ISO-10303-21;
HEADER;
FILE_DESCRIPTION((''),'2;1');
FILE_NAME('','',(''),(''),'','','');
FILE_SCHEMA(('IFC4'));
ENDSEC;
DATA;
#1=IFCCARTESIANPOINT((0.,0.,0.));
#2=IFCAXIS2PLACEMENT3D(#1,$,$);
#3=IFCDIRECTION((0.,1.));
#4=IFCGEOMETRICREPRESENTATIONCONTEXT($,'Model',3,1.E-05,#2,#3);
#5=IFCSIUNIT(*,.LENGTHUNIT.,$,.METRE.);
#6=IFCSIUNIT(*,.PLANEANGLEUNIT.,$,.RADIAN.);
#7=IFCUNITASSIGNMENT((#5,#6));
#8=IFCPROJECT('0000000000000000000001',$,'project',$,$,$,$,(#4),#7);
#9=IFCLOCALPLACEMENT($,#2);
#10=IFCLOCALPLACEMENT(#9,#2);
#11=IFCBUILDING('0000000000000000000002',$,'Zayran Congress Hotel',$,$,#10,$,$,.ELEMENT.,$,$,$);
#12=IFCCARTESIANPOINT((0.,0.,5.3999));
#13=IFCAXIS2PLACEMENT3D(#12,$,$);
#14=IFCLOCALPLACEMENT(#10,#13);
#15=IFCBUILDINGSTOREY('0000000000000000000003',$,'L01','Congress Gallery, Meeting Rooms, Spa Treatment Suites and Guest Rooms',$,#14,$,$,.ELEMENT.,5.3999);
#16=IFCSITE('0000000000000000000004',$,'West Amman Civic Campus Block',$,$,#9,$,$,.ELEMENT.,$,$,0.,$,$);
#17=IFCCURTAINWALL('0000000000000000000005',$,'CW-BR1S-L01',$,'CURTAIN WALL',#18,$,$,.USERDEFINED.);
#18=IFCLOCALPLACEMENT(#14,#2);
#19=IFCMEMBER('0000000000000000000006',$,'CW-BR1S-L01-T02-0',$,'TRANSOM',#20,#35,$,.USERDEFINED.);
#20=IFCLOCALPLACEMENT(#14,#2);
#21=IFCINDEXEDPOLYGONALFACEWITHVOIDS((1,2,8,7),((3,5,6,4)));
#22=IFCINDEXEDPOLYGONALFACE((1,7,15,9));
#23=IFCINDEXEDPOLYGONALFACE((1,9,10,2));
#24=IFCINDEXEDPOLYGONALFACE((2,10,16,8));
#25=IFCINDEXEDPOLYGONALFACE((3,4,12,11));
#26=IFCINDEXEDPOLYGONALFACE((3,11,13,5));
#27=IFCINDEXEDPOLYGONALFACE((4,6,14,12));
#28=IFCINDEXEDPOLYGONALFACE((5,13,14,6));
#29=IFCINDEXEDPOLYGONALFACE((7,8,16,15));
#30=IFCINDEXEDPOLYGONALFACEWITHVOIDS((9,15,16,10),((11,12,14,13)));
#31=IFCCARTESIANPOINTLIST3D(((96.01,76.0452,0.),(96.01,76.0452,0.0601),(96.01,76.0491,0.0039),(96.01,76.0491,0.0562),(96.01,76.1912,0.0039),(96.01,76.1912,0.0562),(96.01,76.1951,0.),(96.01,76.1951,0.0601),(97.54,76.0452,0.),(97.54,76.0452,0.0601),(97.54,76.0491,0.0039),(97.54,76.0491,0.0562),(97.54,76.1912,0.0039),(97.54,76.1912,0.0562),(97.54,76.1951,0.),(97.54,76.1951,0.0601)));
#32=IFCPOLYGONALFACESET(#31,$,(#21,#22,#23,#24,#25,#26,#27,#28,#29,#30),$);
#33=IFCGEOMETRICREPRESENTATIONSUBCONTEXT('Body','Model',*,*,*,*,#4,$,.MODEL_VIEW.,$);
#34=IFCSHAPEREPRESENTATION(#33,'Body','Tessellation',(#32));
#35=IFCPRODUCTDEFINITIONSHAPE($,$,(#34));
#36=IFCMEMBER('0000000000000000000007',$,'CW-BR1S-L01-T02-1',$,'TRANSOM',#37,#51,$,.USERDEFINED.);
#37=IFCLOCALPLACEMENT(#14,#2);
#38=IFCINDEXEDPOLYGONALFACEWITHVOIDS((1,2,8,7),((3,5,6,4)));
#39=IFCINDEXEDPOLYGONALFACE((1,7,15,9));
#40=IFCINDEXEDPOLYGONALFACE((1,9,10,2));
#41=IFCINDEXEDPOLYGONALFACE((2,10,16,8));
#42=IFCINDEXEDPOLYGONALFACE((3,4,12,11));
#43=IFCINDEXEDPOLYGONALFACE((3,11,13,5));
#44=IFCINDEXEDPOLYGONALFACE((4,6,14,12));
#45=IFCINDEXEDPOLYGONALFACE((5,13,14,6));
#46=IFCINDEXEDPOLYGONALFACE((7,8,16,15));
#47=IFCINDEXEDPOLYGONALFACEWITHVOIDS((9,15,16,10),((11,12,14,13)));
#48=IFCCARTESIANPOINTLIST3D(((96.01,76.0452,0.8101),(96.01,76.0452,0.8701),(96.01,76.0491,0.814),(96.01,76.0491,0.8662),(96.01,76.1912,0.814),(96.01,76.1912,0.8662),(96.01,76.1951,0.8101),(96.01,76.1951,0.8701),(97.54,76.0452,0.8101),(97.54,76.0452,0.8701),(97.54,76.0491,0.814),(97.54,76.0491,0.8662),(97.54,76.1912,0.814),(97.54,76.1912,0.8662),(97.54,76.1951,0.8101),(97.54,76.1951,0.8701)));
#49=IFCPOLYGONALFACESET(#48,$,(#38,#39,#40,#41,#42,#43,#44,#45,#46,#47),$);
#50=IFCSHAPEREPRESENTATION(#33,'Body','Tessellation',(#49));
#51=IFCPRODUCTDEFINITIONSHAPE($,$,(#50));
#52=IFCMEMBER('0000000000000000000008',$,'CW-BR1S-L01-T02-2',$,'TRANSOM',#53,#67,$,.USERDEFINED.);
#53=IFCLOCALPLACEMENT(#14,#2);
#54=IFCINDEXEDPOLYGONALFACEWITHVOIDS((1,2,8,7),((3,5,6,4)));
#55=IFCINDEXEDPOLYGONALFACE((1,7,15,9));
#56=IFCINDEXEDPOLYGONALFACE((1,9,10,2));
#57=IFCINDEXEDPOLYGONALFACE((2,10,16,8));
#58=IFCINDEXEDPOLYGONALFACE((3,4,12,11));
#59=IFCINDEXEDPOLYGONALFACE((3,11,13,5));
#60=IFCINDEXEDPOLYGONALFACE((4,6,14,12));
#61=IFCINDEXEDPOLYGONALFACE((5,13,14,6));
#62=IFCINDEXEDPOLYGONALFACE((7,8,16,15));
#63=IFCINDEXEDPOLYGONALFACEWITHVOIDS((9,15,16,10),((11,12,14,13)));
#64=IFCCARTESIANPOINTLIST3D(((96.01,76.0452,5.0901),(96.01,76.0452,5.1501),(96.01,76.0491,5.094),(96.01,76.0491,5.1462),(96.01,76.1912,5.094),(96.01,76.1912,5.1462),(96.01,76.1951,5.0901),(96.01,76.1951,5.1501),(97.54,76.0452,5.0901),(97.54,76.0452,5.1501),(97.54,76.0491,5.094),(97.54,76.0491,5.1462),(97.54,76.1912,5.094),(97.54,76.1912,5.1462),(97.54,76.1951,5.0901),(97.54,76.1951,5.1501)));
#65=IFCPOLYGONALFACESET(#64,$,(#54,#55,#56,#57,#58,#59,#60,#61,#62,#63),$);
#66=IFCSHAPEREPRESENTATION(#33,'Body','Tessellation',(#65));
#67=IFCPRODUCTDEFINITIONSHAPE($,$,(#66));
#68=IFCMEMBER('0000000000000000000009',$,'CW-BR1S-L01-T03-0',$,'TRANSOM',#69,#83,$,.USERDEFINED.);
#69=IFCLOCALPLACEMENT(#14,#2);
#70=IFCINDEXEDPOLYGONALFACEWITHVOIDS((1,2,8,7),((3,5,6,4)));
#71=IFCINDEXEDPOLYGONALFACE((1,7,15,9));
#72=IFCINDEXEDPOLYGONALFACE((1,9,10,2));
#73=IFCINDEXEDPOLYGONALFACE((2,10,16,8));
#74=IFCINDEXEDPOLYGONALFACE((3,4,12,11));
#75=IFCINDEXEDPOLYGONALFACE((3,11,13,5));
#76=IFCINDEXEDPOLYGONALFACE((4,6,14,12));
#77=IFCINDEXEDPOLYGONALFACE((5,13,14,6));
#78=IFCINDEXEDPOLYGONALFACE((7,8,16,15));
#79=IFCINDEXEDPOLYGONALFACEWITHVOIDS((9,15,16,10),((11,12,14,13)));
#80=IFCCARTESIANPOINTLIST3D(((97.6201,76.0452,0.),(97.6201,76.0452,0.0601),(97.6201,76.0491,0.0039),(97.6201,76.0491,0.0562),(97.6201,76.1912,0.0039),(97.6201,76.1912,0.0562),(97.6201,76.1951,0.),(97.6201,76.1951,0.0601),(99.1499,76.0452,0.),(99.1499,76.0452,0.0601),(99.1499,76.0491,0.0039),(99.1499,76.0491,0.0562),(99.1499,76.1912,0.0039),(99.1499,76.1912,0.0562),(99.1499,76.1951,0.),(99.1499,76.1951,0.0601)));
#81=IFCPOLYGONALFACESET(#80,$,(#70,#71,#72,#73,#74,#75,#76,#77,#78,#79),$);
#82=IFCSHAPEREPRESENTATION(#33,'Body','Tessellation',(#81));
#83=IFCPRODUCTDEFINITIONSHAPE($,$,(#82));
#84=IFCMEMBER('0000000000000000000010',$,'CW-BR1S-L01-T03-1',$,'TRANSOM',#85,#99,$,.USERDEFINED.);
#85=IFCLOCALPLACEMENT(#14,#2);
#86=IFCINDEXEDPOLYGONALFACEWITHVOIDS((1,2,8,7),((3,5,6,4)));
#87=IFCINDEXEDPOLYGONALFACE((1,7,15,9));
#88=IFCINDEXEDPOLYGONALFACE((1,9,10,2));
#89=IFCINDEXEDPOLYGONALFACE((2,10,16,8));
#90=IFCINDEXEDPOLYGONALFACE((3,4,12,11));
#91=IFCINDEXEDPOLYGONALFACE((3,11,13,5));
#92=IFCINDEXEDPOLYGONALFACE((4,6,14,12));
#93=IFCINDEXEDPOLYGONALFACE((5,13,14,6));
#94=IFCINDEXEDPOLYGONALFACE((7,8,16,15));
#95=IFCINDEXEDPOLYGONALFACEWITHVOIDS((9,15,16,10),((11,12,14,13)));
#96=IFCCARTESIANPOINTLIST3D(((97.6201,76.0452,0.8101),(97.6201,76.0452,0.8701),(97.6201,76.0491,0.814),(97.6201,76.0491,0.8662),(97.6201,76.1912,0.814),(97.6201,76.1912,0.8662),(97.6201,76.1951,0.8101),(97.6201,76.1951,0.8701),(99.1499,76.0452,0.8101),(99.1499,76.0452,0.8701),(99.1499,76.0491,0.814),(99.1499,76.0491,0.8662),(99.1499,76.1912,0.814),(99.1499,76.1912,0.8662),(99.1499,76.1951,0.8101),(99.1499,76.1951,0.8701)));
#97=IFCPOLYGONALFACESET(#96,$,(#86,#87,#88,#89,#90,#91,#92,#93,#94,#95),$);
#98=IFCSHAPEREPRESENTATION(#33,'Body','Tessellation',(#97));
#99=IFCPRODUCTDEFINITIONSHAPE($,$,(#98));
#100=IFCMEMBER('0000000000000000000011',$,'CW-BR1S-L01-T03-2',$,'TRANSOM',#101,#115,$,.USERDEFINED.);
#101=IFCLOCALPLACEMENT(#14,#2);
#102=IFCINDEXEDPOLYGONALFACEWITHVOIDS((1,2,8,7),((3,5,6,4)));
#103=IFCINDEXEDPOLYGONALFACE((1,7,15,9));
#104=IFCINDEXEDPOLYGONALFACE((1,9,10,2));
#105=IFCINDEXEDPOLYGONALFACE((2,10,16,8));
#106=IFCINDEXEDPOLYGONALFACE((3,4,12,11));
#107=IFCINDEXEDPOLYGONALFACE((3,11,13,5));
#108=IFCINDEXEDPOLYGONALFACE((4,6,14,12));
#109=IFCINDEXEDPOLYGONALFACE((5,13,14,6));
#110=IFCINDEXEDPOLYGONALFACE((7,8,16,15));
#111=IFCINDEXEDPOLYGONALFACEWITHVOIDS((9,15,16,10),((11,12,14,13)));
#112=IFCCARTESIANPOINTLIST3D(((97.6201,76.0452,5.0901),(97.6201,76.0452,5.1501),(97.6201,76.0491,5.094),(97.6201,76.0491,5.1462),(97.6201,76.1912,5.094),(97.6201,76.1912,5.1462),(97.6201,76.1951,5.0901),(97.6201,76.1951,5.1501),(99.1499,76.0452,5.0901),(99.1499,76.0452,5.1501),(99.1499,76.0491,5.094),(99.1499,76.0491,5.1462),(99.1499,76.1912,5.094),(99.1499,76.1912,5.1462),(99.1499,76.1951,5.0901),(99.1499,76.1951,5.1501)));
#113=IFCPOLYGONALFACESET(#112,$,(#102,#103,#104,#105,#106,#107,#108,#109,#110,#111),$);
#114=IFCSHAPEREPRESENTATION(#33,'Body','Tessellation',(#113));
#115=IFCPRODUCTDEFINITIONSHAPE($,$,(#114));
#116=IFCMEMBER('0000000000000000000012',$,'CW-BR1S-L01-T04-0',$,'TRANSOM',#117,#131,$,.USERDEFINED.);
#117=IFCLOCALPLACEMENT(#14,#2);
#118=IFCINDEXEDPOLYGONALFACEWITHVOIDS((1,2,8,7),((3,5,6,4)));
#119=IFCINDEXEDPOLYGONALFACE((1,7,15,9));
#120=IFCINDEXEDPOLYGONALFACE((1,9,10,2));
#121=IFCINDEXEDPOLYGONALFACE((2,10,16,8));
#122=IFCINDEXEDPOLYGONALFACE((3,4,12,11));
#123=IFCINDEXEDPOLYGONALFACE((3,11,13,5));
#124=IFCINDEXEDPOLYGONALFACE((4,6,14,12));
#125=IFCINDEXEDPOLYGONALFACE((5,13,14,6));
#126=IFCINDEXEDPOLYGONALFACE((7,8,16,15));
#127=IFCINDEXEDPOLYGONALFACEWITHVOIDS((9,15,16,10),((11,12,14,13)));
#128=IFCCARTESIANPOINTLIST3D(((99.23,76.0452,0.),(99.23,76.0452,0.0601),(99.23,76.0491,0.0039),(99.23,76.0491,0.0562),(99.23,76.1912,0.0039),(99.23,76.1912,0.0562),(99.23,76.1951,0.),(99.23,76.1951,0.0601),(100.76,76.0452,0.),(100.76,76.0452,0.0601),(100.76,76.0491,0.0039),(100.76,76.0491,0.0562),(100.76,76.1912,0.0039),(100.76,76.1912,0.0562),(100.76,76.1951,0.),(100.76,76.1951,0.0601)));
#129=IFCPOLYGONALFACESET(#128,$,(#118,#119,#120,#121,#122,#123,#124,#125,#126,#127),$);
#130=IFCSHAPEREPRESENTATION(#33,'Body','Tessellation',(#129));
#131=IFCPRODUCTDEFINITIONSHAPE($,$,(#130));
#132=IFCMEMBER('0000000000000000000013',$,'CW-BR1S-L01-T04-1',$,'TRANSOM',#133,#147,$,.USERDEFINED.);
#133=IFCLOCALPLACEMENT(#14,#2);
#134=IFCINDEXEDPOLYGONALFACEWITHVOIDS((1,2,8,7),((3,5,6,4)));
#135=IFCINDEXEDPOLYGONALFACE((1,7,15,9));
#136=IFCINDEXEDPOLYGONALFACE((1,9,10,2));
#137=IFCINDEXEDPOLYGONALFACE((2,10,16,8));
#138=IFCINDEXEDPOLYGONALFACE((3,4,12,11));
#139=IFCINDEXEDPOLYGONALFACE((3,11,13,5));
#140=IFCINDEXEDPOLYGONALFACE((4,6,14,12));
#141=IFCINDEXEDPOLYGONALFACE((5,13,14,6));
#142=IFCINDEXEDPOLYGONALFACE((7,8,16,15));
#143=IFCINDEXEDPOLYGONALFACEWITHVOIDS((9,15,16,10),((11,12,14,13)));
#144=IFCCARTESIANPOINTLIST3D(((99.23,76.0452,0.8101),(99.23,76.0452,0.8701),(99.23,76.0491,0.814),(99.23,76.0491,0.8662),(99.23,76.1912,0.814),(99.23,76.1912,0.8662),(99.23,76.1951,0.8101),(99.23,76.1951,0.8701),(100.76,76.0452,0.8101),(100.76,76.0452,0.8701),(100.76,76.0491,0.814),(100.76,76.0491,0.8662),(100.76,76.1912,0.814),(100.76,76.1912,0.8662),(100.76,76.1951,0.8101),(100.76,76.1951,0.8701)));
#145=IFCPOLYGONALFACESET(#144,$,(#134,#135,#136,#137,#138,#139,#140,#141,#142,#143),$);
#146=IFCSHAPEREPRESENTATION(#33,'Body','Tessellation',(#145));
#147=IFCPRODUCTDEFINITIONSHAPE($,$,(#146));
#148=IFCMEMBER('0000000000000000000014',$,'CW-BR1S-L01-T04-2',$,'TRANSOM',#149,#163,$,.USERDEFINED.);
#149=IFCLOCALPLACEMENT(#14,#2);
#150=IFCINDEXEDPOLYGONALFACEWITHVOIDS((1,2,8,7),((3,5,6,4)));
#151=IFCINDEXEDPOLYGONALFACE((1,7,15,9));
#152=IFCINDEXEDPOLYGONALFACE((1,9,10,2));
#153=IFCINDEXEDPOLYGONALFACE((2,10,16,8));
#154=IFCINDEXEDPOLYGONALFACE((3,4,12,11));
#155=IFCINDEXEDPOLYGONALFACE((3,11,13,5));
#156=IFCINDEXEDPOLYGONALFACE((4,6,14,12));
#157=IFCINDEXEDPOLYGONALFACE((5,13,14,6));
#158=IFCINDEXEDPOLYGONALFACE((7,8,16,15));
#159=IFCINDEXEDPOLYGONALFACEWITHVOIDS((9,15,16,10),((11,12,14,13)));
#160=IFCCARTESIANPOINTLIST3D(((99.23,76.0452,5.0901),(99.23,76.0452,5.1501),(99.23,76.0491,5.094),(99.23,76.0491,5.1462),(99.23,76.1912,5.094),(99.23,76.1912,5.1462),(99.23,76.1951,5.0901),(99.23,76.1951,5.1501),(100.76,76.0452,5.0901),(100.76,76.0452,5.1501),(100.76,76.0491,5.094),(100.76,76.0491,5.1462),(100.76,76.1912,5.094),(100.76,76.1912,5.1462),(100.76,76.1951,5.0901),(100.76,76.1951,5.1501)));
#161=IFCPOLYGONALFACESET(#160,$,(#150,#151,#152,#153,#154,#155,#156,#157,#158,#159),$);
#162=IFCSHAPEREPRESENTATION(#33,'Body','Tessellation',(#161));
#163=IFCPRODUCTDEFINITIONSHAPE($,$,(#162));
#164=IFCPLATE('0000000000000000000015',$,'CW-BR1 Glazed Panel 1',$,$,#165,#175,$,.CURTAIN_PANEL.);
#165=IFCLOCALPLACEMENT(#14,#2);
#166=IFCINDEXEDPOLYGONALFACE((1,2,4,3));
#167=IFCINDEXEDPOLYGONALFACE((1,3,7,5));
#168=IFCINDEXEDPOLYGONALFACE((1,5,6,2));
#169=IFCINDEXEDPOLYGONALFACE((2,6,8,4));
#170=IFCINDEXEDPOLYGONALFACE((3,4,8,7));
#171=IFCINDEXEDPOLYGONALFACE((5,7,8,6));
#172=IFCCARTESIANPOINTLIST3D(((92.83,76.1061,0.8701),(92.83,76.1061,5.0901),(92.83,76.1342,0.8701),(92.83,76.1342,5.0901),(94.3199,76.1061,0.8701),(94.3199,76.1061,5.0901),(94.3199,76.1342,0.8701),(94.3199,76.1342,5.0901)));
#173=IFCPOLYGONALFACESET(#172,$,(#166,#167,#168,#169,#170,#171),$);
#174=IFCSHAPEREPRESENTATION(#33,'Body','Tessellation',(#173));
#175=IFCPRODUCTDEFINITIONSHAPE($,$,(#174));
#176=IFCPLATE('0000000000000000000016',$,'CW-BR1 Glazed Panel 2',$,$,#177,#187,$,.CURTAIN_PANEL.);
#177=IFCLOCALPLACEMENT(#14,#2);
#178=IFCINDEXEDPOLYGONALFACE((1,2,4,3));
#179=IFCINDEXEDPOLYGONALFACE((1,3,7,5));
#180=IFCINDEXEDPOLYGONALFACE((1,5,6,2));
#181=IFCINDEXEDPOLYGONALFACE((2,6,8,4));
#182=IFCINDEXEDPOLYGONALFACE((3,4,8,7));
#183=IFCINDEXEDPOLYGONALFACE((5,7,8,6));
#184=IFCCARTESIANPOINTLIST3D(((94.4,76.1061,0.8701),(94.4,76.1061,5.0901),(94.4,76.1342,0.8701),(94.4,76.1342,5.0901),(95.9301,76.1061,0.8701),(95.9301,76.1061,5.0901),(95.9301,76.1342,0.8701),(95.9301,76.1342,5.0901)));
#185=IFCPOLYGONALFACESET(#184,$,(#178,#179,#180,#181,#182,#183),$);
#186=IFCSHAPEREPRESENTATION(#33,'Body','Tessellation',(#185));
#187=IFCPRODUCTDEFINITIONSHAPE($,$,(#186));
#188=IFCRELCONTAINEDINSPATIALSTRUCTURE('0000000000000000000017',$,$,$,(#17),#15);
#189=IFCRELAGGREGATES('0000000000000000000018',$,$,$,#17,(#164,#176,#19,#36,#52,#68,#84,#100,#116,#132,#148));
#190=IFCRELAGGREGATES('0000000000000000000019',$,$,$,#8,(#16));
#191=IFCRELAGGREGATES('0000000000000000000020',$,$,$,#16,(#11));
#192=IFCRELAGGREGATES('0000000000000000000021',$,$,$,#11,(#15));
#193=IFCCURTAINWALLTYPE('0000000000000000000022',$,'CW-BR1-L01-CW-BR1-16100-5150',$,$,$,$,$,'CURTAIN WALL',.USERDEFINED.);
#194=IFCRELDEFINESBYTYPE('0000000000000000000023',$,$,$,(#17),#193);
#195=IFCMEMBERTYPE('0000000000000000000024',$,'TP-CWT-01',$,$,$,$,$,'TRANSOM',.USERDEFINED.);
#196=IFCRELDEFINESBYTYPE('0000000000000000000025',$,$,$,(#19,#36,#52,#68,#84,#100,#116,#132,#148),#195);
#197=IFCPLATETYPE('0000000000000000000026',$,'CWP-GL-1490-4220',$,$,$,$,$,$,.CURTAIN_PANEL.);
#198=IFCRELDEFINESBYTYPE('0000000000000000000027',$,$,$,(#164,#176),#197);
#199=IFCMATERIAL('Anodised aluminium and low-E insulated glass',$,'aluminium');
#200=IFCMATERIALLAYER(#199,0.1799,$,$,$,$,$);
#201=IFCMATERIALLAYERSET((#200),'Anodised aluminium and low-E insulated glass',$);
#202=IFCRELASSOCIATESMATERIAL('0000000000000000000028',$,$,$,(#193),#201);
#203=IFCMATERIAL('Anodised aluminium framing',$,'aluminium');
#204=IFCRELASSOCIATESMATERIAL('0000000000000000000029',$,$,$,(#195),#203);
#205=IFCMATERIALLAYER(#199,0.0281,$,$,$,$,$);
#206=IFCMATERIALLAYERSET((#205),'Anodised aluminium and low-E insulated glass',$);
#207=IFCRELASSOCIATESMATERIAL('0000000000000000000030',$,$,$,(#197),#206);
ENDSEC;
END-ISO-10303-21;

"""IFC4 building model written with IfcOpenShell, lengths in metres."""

from ifc_helpers import new_model, si_unit, direction, frame, origin, origin_2d, place, context, subcontext, project, spatial, rectangle, hollow_rectangle, extrude, material, layer, layer_set, material_profile, profile_set, type_object, element, aggregate, save


model = new_model("IFC4")

# Units and contexts
model_context = context("Model", 3, precision=1e-05, world=origin(), true_north=direction((0.0, 1.0)))
body_context = subcontext(model_context, "Body", "Model", "MODEL_VIEW")
ifc_project = project(units=[si_unit("LENGTHUNIT", "METRE"), si_unit("PLANEANGLEUNIT", "RADIAN")], contexts=[model_context])

# Site, building, storey
site_placement = place(None, origin())
site = spatial("IfcSite", under=ifc_project, at=site_placement, Name="West Amman Civic Campus Block", CompositionType="ELEMENT", RefElevation=0.0)
building_placement = place(site_placement, origin())
building = spatial("IfcBuilding", under=site, at=building_placement, Name="Zayran Congress Hotel", CompositionType="ELEMENT")
storey_placement = place(building_placement, frame((0.0, 0.0, 5.3999)))
storey = spatial("IfcBuildingStorey", under=building, at=storey_placement, Name="L01", Description="Congress Gallery, Meeting Rooms, Spa Treatment Suites and Guest Rooms", CompositionType="ELEMENT", Elevation=5.3999)

# Curtain wall, members, plates
ifc_material_1 = material(Name="Anodised aluminium and low-E insulated glass", Category="aluminium")
ifc_layer_1 = layer(ifc_material_1, 0.1799)
ifc_layer_set_1 = layer_set([ifc_layer_1], Name="Anodised aluminium and low-E insulated glass")
curtain_wall_type = type_object("IfcCurtainWallType", Name="CW-BR1-L01-CW-BR1-16100-5150", ElementType="CURTAIN WALL", PredefinedType="USERDEFINED", material=ifc_layer_set_1)
curtain_wall_placement = place(storey_placement, origin())
curtain_wall = element("IfcCurtainWall", 1, at=curtain_wall_placement, inside=storey, type_object=curtain_wall_type, Name="CW-BR1S-L01", ObjectType="CURTAIN WALL", PredefinedType="USERDEFINED")
ifc_material_2 = material(Name="Anodised aluminium framing", Category="aluminium")
ifc_material_profile_1 = material_profile(ifc_material_2, hollow_rectangle(XDim=0.0601, YDim=0.1499, WallThickness=0.0039, at=origin_2d()), Name="RHS 150x60x4")
ifc_profile_set_1 = profile_set([ifc_material_profile_1], Name="Anodised aluminium framing")
member_type_1 = type_object("IfcMemberType", Name="TP-CWT-01", ElementType="TRANSOM", PredefinedType="USERDEFINED", material=ifc_profile_set_1)
member_1_placement = place(storey_placement, frame((96.01, 76.1201, 0.03), z_axis=(1.0, 0.0, 0.0), x_axis=(0.0, 0.0, 1.0)))
member_1 = element("IfcMember", 2, at=member_1_placement, type_object=member_type_1, Name="CW-BR1S-L01-T02-0", ObjectType="TRANSOM", PredefinedType="USERDEFINED", context=body_context, shape_type="SweptSolid", body=[
    extrude(hollow_rectangle(XDim=0.0601, YDim=0.1499, WallThickness=0.0039, at=origin_2d()), origin(), (0.0, 0.0, 1.0), 1.53),
])
member_2_placement = place(storey_placement, frame((96.01, 76.1201, 0.8401), z_axis=(1.0, 0.0, 0.0), x_axis=(0.0, 0.0, 1.0)))
member_2 = element("IfcMember", 3, at=member_2_placement, type_object=member_type_1, Name="CW-BR1S-L01-T02-1", ObjectType="TRANSOM", PredefinedType="USERDEFINED", context=body_context, shape_type="SweptSolid", body=[
    extrude(hollow_rectangle(XDim=0.0601, YDim=0.1499, WallThickness=0.0039, at=origin_2d()), origin(), (0.0, 0.0, 1.0), 1.53),
])
member_3_placement = place(storey_placement, frame((96.01, 76.1201, 5.1201), z_axis=(1.0, 0.0, 0.0), x_axis=(0.0, 0.0, 1.0)))
member_3 = element("IfcMember", 4, at=member_3_placement, type_object=member_type_1, Name="CW-BR1S-L01-T02-2", ObjectType="TRANSOM", PredefinedType="USERDEFINED", context=body_context, shape_type="SweptSolid", body=[
    extrude(hollow_rectangle(XDim=0.0601, YDim=0.1499, WallThickness=0.0039, at=origin_2d()), origin(), (0.0, 0.0, 1.0), 1.53),
])
member_4_placement = place(storey_placement, frame((97.6201, 76.1201, 0.03), z_axis=(1.0, 0.0, 0.0), x_axis=(0.0, 0.0, 1.0)))
member_4 = element("IfcMember", 5, at=member_4_placement, type_object=member_type_1, Name="CW-BR1S-L01-T03-0", ObjectType="TRANSOM", PredefinedType="USERDEFINED", context=body_context, shape_type="SweptSolid", body=[
    extrude(hollow_rectangle(XDim=0.0601, YDim=0.1499, WallThickness=0.0039, at=origin_2d()), origin(), (0.0, 0.0, 1.0), 1.5298),
])
member_5_placement = place(storey_placement, frame((97.6201, 76.1201, 0.8401), z_axis=(1.0, 0.0, 0.0), x_axis=(0.0, 0.0, 1.0)))
member_5 = element("IfcMember", 6, at=member_5_placement, type_object=member_type_1, Name="CW-BR1S-L01-T03-1", ObjectType="TRANSOM", PredefinedType="USERDEFINED", context=body_context, shape_type="SweptSolid", body=[
    extrude(hollow_rectangle(XDim=0.0601, YDim=0.1499, WallThickness=0.0039, at=origin_2d()), origin(), (0.0, 0.0, 1.0), 1.5298),
])
member_6_placement = place(storey_placement, frame((97.6201, 76.1201, 5.1201), z_axis=(1.0, 0.0, 0.0), x_axis=(0.0, 0.0, 1.0)))
member_6 = element("IfcMember", 7, at=member_6_placement, type_object=member_type_1, Name="CW-BR1S-L01-T03-2", ObjectType="TRANSOM", PredefinedType="USERDEFINED", context=body_context, shape_type="SweptSolid", body=[
    extrude(hollow_rectangle(XDim=0.0601, YDim=0.1499, WallThickness=0.0039, at=origin_2d()), origin(), (0.0, 0.0, 1.0), 1.5298),
])
member_7_placement = place(storey_placement, frame((99.23, 76.1201, 0.03), z_axis=(1.0, 0.0, 0.0), x_axis=(0.0, 0.0, 1.0)))
member_7 = element("IfcMember", 8, at=member_7_placement, type_object=member_type_1, Name="CW-BR1S-L01-T04-0", ObjectType="TRANSOM", PredefinedType="USERDEFINED", context=body_context, shape_type="SweptSolid", body=[
    extrude(hollow_rectangle(XDim=0.0601, YDim=0.1499, WallThickness=0.0039, at=origin_2d()), origin(), (0.0, 0.0, 1.0), 1.53),
])
member_8_placement = place(storey_placement, frame((99.23, 76.1201, 0.8401), z_axis=(1.0, 0.0, 0.0), x_axis=(0.0, 0.0, 1.0)))
member_8 = element("IfcMember", 9, at=member_8_placement, type_object=member_type_1, Name="CW-BR1S-L01-T04-1", ObjectType="TRANSOM", PredefinedType="USERDEFINED", context=body_context, shape_type="SweptSolid", body=[
    extrude(hollow_rectangle(XDim=0.0601, YDim=0.1499, WallThickness=0.0039, at=origin_2d()), origin(), (0.0, 0.0, 1.0), 1.53),
])
member_9_placement = place(storey_placement, frame((99.23, 76.1201, 5.1201), z_axis=(1.0, 0.0, 0.0), x_axis=(0.0, 0.0, 1.0)))
member_9 = element("IfcMember", 10, at=member_9_placement, type_object=member_type_1, Name="CW-BR1S-L01-T04-2", ObjectType="TRANSOM", PredefinedType="USERDEFINED", context=body_context, shape_type="SweptSolid", body=[
    extrude(hollow_rectangle(XDim=0.0601, YDim=0.1499, WallThickness=0.0039, at=origin_2d()), origin(), (0.0, 0.0, 1.0), 1.53),
])
ifc_layer_2 = layer(ifc_material_1, 0.0281)
ifc_layer_set_2 = layer_set([ifc_layer_2], Name="Anodised aluminium and low-E insulated glass")
plate_type_1 = type_object("IfcPlateType", Name="CWP-GL-1490-4220", PredefinedType="CURTAIN_PANEL", material=ifc_layer_set_2)
plate_1_placement = place(storey_placement, frame((93.575, 76.1201, 0.8701), z_axis=(0.0, 0.0, 1.0), x_axis=(1.0, 0.0, 0.0)))
plate_1 = element("IfcPlate", 11, at=plate_1_placement, type_object=plate_type_1, Name="CW-BR1 Glazed Panel 1", PredefinedType="CURTAIN_PANEL", context=body_context, shape_type="SweptSolid", body=[
    extrude(rectangle(XDim=1.49, YDim=0.0281, at=origin_2d()), origin(), (0.0, 0.0, 1.0), 4.22),
])
plate_2_placement = place(storey_placement, frame((95.165, 76.1201, 0.8701), z_axis=(0.0, 0.0, 1.0), x_axis=(1.0, 0.0, 0.0)))
plate_2 = element("IfcPlate", 12, at=plate_2_placement, type_object=plate_type_1, Name="CW-BR1 Glazed Panel 2", PredefinedType="CURTAIN_PANEL", context=body_context, shape_type="SweptSolid", body=[
    extrude(rectangle(XDim=1.53, YDim=0.0281, at=origin_2d()), origin(), (0.0, 0.0, 1.0), 4.22),
])
aggregate(curtain_wall, [plate_1, plate_2, member_1, member_2, member_3, member_4, member_5, member_6, member_7, member_8, member_9])

save(model, "model.ifc")
